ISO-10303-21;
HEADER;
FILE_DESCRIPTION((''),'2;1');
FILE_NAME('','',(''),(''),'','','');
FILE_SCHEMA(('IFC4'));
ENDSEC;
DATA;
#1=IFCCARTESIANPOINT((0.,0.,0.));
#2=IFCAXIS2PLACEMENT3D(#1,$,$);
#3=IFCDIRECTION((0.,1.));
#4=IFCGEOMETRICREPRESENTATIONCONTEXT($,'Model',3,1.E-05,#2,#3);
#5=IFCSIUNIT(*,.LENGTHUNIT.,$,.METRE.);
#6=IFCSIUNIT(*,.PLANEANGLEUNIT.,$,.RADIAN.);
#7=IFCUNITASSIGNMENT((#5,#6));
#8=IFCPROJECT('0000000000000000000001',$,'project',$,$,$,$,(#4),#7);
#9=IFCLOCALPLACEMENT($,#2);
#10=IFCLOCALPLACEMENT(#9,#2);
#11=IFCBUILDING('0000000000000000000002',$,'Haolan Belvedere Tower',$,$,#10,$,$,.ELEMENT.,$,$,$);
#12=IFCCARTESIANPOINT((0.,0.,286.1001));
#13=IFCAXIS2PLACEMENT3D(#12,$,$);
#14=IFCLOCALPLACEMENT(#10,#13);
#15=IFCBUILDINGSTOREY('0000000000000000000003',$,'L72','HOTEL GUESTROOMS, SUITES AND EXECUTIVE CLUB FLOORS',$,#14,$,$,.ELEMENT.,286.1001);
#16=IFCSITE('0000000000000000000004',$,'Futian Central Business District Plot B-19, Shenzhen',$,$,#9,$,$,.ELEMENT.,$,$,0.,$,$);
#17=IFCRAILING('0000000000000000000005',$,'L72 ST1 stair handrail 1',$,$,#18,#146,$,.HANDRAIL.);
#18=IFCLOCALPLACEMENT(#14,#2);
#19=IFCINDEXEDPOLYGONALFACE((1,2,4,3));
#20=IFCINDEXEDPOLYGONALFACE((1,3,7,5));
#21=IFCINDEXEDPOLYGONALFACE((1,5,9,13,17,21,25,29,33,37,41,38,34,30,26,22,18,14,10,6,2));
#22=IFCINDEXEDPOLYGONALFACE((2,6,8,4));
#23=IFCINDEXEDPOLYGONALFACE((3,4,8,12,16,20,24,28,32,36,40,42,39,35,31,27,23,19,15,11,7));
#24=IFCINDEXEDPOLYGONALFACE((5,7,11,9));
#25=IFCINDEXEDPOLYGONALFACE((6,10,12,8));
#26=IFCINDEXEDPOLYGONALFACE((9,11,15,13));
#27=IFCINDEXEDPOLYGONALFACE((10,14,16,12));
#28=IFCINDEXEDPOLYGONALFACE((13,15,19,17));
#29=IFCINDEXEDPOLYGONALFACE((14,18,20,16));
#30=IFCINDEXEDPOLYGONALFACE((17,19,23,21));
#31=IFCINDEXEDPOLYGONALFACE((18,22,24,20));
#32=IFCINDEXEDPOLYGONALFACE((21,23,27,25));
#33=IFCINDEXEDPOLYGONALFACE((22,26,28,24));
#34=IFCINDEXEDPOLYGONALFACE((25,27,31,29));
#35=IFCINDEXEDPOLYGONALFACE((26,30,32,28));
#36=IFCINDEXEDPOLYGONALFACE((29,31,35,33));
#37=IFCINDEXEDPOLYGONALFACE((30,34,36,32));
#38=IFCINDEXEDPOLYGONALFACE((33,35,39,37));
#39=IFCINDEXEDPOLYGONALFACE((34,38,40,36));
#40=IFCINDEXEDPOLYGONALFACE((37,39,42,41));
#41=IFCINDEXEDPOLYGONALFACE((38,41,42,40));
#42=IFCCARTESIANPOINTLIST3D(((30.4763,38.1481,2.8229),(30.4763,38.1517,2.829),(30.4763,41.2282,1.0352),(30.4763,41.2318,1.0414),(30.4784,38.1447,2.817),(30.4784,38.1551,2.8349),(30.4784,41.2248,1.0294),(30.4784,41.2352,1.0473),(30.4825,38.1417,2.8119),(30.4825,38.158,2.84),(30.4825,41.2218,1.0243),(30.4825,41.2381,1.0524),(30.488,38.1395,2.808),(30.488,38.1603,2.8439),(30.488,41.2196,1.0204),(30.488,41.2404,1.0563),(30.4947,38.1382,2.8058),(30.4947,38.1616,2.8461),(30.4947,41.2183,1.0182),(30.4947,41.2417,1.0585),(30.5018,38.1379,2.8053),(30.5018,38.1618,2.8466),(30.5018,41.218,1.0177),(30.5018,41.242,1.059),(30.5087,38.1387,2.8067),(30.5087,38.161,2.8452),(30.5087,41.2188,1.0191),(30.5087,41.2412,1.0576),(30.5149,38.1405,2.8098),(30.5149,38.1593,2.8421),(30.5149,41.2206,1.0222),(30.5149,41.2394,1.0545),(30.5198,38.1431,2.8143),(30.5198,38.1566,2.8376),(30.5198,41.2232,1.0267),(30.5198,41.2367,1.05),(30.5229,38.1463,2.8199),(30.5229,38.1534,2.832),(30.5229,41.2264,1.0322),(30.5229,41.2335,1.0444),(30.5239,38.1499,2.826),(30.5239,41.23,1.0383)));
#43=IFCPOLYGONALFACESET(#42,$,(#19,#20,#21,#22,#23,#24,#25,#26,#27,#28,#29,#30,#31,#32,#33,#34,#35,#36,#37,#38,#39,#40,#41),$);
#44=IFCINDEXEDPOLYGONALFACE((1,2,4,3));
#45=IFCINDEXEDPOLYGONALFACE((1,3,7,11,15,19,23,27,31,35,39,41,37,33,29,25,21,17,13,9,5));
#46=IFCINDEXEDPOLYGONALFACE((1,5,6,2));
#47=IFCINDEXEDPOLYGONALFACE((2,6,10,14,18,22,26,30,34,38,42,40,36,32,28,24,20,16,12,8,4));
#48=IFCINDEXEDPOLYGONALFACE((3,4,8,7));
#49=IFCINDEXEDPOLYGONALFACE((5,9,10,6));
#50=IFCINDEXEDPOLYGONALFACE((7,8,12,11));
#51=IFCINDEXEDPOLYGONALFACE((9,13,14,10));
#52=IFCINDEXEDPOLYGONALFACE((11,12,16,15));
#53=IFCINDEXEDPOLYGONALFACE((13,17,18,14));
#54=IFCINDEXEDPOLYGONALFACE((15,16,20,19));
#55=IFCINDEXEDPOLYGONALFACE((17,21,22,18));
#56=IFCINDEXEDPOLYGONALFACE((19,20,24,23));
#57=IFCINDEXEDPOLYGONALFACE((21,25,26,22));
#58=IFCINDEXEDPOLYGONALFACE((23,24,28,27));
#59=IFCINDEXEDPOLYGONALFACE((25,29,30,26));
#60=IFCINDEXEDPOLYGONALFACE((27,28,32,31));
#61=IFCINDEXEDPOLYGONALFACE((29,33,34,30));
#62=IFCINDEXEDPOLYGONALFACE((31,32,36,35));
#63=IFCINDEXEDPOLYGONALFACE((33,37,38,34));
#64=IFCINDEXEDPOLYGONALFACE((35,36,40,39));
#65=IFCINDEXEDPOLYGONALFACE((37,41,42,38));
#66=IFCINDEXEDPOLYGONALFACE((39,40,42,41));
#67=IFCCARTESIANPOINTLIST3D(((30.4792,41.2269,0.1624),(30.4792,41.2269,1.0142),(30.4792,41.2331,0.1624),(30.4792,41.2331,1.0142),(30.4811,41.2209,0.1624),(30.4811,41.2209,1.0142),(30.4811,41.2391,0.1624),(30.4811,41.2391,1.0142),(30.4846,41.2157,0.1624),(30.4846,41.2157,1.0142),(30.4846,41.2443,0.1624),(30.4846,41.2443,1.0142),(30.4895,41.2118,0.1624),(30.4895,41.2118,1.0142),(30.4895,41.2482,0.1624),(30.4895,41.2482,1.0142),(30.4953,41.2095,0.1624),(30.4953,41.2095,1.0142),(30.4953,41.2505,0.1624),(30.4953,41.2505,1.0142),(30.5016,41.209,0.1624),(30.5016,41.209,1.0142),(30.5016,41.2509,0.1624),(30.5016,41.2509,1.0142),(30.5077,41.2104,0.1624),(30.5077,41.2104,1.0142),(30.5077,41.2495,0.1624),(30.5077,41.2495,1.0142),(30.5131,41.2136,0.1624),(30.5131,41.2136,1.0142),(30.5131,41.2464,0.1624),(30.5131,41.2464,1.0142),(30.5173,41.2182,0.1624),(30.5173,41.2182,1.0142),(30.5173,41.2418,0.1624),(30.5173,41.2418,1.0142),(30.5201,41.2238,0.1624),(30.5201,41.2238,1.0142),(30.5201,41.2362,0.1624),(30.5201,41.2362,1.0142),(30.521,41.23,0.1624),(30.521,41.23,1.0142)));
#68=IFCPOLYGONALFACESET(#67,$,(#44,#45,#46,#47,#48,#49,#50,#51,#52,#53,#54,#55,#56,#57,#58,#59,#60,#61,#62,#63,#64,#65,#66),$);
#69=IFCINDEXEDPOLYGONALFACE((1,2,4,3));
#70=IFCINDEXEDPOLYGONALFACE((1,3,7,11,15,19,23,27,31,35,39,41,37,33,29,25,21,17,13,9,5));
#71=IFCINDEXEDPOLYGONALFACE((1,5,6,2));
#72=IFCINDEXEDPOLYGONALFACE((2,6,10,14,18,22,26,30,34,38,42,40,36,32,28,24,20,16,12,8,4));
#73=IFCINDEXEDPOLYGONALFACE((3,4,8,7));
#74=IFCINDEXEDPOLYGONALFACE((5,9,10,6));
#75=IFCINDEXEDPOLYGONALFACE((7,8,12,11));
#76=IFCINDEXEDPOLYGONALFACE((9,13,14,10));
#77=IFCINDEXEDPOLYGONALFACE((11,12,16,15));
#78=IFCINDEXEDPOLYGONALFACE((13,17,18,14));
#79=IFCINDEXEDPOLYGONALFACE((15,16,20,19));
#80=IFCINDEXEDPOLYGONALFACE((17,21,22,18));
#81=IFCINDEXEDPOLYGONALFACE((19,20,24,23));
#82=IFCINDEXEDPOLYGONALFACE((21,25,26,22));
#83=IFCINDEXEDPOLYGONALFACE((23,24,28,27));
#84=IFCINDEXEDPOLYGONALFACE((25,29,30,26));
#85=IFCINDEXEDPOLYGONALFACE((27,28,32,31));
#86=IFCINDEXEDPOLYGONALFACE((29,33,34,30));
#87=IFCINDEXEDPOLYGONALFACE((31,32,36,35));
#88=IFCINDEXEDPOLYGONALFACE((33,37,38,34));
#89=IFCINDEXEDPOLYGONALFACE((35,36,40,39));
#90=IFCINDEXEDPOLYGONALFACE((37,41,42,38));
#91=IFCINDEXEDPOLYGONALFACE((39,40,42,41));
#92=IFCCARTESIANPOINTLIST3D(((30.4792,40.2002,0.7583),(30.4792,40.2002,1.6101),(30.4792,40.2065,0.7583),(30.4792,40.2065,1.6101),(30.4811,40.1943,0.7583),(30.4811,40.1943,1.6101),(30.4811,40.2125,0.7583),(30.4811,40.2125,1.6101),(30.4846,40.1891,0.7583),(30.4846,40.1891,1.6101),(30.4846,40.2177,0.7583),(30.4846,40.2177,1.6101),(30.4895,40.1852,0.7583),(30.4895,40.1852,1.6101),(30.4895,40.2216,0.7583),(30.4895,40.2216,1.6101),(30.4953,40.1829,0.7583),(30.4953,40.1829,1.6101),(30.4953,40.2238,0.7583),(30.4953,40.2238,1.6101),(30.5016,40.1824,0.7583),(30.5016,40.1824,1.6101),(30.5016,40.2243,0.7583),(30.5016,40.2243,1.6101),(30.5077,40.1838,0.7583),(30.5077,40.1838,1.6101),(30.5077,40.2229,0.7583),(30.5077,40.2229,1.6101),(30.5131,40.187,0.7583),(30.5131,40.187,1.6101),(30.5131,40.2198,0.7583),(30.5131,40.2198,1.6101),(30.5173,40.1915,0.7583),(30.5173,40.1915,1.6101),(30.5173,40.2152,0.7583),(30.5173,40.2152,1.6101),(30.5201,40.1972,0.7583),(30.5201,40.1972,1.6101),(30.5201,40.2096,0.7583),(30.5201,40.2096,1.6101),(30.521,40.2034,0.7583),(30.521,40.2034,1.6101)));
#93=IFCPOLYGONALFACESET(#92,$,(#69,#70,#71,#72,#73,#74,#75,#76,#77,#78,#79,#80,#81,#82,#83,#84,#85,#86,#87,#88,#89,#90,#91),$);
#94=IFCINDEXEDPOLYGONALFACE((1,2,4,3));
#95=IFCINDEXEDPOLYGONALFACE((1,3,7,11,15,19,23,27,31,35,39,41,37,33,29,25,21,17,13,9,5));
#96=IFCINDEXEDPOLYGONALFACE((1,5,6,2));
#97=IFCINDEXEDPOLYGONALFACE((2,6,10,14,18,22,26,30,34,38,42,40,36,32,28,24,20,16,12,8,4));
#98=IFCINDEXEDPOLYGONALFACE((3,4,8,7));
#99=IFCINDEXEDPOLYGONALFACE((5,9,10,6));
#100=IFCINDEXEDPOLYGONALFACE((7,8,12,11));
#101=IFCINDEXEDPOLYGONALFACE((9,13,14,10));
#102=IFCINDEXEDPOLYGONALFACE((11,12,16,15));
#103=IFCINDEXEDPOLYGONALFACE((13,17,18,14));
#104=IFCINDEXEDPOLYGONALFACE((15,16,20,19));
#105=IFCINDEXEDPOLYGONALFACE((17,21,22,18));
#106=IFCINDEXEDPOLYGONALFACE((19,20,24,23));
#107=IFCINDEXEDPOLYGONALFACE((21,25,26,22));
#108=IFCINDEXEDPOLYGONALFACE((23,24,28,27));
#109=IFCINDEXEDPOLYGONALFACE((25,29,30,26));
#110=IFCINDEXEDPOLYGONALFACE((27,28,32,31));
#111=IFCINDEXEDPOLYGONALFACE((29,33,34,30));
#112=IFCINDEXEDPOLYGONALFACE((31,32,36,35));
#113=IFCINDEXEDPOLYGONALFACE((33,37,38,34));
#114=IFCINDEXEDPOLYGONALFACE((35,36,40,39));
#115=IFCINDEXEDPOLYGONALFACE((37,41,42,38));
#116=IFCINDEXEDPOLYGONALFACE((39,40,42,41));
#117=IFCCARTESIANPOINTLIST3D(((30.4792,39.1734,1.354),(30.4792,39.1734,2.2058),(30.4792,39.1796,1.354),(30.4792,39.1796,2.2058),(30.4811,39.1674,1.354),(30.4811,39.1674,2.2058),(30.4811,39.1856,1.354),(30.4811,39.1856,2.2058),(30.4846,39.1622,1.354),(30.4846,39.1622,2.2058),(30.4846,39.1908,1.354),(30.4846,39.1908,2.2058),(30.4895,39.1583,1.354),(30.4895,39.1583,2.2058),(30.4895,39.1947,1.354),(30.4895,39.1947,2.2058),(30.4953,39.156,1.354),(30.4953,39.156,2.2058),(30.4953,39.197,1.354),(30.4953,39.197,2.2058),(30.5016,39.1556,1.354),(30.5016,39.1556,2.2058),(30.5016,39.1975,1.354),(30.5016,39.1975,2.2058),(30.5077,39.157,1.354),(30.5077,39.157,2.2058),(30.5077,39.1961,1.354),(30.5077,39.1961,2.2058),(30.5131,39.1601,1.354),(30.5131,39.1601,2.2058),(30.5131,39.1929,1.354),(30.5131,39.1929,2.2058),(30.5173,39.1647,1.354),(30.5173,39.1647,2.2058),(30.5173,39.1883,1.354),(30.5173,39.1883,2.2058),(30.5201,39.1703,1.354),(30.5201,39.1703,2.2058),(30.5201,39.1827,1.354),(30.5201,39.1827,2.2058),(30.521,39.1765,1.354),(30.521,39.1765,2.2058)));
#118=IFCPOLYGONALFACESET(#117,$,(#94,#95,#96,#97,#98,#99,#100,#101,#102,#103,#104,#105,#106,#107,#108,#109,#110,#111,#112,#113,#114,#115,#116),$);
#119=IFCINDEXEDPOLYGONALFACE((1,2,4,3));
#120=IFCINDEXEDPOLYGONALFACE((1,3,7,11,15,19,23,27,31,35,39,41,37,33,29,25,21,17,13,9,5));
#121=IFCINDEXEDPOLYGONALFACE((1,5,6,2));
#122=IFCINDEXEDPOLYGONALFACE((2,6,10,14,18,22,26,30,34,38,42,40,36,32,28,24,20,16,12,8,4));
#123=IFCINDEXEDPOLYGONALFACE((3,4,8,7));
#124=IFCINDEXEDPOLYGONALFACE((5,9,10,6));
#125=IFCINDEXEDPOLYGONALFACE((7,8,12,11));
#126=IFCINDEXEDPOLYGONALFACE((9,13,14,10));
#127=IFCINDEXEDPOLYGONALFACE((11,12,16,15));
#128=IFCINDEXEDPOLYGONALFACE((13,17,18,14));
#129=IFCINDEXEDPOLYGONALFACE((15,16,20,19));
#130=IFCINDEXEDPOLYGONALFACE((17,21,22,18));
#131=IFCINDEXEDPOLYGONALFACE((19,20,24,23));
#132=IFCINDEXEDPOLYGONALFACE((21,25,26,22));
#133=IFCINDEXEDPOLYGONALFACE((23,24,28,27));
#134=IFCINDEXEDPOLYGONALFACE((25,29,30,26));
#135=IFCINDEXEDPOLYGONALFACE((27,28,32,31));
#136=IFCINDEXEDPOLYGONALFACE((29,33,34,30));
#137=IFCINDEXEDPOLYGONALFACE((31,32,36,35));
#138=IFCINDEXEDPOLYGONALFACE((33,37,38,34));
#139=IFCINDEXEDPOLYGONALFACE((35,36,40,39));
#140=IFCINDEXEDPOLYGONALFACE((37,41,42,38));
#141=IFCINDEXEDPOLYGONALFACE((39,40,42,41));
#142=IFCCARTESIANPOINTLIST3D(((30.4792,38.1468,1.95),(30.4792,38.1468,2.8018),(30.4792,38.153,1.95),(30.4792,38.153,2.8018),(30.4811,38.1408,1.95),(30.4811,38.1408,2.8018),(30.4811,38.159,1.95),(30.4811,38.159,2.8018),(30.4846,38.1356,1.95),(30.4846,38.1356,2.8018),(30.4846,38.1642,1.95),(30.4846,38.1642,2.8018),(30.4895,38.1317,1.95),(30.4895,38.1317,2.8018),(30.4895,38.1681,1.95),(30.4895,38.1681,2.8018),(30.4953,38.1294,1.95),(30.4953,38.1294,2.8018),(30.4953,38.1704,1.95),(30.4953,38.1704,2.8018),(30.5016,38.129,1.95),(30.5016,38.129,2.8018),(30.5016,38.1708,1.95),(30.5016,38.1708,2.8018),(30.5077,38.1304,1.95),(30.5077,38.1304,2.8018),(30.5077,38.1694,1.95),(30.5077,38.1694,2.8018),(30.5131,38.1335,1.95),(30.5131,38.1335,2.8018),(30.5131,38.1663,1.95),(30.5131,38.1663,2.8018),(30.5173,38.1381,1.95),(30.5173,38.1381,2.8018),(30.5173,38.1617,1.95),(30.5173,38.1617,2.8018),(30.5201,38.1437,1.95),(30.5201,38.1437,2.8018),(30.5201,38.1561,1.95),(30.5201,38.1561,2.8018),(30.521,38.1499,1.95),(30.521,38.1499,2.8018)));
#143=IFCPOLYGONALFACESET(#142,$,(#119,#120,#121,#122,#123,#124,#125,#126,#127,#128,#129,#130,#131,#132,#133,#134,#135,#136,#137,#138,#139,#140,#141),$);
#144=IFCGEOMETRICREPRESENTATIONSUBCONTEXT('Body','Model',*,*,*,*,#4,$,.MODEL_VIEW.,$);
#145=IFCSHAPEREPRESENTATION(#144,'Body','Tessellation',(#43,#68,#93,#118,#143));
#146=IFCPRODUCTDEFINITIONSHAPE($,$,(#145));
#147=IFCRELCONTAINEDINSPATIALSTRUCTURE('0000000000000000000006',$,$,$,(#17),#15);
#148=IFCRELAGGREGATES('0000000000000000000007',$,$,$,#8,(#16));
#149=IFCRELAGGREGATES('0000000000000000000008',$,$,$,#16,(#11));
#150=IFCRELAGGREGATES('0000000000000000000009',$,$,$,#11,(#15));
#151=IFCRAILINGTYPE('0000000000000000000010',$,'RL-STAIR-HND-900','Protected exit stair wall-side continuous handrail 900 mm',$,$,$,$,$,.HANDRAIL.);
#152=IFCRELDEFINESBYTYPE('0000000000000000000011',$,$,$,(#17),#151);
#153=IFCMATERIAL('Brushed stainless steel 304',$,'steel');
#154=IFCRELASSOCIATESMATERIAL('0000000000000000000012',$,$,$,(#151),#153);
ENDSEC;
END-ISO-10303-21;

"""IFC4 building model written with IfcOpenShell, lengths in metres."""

from ifc_helpers import new_model, si_unit, direction, frame, origin, origin_2d, place, context, subcontext, project, spatial, circle, extrude, material, type_object, element, save


model = new_model("IFC4")

# Units and contexts
model_context = context("Model", 3, precision=1e-05, world=origin(), true_north=direction((0.0, 1.0)))
body_context = subcontext(model_context, "Body", "Model", "MODEL_VIEW")
ifc_project = project(units=[si_unit("LENGTHUNIT", "METRE"), si_unit("PLANEANGLEUNIT", "RADIAN")], contexts=[model_context])

# Site, building, storey
site_placement = place(None, origin())
site = spatial("IfcSite", under=ifc_project, at=site_placement, Name="Futian Central Business District Plot B-19, Shenzhen", CompositionType="ELEMENT", RefElevation=0.0)
building_placement = place(site_placement, origin())
building = spatial("IfcBuilding", under=site, at=building_placement, Name="Haolan Belvedere Tower", CompositionType="ELEMENT")
storey_placement = place(building_placement, frame((0.0, 0.0, 286.1001)))
storey = spatial("IfcBuildingStorey", under=building, at=storey_placement, Name="L72", Description="HOTEL GUESTROOMS, SUITES AND EXECUTIVE CLUB FLOORS", CompositionType="ELEMENT", Elevation=286.1001)

# Railing
ifc_material_1 = material(Name="Brushed stainless steel 304", Category="steel")
railing_type_1 = type_object("IfcRailingType", Name="RL-STAIR-HND-900", Description="Protected exit stair wall-side continuous handrail 900 mm", PredefinedType="HANDRAIL", material=ifc_material_1)
railing_1_placement = place(storey_placement, frame((30.5, 41.23, 0.1624)))
element("IfcRailing", 1, at=railing_1_placement, inside=storey, type_object=railing_type_1, Name="L72 ST1 stair handrail 1", PredefinedType="HANDRAIL", context=body_context, shape_type="SweptSolid", body=[
    extrude(circle(Radius=0.0239, at=origin_2d()), frame((0.0, 0.0, 0.876), z_axis=(0.0, -0.864891, 0.50196), x_axis=(1.0, 0.0, 0.0)), (0.0, 0.0, 1.0), 3.5613),
    extrude(circle(Radius=0.021, at=origin_2d()), origin(), (0.0, 0.0, 1.0), 0.8518),
    extrude(circle(Radius=0.021, at=origin_2d()), frame((0.0, -1.0266, 0.5959)), (0.0, 0.0, 1.0), 0.8518),
    extrude(circle(Radius=0.021, at=origin_2d()), frame((0.0, -2.0535, 1.1917)), (0.0, 0.0, 1.0), 0.8518),
    extrude(circle(Radius=0.021, at=origin_2d()), frame((0.0, -3.0801, 1.7876)), (0.0, 0.0, 1.0), 0.8518),
])

save(model, "model.ifc")
